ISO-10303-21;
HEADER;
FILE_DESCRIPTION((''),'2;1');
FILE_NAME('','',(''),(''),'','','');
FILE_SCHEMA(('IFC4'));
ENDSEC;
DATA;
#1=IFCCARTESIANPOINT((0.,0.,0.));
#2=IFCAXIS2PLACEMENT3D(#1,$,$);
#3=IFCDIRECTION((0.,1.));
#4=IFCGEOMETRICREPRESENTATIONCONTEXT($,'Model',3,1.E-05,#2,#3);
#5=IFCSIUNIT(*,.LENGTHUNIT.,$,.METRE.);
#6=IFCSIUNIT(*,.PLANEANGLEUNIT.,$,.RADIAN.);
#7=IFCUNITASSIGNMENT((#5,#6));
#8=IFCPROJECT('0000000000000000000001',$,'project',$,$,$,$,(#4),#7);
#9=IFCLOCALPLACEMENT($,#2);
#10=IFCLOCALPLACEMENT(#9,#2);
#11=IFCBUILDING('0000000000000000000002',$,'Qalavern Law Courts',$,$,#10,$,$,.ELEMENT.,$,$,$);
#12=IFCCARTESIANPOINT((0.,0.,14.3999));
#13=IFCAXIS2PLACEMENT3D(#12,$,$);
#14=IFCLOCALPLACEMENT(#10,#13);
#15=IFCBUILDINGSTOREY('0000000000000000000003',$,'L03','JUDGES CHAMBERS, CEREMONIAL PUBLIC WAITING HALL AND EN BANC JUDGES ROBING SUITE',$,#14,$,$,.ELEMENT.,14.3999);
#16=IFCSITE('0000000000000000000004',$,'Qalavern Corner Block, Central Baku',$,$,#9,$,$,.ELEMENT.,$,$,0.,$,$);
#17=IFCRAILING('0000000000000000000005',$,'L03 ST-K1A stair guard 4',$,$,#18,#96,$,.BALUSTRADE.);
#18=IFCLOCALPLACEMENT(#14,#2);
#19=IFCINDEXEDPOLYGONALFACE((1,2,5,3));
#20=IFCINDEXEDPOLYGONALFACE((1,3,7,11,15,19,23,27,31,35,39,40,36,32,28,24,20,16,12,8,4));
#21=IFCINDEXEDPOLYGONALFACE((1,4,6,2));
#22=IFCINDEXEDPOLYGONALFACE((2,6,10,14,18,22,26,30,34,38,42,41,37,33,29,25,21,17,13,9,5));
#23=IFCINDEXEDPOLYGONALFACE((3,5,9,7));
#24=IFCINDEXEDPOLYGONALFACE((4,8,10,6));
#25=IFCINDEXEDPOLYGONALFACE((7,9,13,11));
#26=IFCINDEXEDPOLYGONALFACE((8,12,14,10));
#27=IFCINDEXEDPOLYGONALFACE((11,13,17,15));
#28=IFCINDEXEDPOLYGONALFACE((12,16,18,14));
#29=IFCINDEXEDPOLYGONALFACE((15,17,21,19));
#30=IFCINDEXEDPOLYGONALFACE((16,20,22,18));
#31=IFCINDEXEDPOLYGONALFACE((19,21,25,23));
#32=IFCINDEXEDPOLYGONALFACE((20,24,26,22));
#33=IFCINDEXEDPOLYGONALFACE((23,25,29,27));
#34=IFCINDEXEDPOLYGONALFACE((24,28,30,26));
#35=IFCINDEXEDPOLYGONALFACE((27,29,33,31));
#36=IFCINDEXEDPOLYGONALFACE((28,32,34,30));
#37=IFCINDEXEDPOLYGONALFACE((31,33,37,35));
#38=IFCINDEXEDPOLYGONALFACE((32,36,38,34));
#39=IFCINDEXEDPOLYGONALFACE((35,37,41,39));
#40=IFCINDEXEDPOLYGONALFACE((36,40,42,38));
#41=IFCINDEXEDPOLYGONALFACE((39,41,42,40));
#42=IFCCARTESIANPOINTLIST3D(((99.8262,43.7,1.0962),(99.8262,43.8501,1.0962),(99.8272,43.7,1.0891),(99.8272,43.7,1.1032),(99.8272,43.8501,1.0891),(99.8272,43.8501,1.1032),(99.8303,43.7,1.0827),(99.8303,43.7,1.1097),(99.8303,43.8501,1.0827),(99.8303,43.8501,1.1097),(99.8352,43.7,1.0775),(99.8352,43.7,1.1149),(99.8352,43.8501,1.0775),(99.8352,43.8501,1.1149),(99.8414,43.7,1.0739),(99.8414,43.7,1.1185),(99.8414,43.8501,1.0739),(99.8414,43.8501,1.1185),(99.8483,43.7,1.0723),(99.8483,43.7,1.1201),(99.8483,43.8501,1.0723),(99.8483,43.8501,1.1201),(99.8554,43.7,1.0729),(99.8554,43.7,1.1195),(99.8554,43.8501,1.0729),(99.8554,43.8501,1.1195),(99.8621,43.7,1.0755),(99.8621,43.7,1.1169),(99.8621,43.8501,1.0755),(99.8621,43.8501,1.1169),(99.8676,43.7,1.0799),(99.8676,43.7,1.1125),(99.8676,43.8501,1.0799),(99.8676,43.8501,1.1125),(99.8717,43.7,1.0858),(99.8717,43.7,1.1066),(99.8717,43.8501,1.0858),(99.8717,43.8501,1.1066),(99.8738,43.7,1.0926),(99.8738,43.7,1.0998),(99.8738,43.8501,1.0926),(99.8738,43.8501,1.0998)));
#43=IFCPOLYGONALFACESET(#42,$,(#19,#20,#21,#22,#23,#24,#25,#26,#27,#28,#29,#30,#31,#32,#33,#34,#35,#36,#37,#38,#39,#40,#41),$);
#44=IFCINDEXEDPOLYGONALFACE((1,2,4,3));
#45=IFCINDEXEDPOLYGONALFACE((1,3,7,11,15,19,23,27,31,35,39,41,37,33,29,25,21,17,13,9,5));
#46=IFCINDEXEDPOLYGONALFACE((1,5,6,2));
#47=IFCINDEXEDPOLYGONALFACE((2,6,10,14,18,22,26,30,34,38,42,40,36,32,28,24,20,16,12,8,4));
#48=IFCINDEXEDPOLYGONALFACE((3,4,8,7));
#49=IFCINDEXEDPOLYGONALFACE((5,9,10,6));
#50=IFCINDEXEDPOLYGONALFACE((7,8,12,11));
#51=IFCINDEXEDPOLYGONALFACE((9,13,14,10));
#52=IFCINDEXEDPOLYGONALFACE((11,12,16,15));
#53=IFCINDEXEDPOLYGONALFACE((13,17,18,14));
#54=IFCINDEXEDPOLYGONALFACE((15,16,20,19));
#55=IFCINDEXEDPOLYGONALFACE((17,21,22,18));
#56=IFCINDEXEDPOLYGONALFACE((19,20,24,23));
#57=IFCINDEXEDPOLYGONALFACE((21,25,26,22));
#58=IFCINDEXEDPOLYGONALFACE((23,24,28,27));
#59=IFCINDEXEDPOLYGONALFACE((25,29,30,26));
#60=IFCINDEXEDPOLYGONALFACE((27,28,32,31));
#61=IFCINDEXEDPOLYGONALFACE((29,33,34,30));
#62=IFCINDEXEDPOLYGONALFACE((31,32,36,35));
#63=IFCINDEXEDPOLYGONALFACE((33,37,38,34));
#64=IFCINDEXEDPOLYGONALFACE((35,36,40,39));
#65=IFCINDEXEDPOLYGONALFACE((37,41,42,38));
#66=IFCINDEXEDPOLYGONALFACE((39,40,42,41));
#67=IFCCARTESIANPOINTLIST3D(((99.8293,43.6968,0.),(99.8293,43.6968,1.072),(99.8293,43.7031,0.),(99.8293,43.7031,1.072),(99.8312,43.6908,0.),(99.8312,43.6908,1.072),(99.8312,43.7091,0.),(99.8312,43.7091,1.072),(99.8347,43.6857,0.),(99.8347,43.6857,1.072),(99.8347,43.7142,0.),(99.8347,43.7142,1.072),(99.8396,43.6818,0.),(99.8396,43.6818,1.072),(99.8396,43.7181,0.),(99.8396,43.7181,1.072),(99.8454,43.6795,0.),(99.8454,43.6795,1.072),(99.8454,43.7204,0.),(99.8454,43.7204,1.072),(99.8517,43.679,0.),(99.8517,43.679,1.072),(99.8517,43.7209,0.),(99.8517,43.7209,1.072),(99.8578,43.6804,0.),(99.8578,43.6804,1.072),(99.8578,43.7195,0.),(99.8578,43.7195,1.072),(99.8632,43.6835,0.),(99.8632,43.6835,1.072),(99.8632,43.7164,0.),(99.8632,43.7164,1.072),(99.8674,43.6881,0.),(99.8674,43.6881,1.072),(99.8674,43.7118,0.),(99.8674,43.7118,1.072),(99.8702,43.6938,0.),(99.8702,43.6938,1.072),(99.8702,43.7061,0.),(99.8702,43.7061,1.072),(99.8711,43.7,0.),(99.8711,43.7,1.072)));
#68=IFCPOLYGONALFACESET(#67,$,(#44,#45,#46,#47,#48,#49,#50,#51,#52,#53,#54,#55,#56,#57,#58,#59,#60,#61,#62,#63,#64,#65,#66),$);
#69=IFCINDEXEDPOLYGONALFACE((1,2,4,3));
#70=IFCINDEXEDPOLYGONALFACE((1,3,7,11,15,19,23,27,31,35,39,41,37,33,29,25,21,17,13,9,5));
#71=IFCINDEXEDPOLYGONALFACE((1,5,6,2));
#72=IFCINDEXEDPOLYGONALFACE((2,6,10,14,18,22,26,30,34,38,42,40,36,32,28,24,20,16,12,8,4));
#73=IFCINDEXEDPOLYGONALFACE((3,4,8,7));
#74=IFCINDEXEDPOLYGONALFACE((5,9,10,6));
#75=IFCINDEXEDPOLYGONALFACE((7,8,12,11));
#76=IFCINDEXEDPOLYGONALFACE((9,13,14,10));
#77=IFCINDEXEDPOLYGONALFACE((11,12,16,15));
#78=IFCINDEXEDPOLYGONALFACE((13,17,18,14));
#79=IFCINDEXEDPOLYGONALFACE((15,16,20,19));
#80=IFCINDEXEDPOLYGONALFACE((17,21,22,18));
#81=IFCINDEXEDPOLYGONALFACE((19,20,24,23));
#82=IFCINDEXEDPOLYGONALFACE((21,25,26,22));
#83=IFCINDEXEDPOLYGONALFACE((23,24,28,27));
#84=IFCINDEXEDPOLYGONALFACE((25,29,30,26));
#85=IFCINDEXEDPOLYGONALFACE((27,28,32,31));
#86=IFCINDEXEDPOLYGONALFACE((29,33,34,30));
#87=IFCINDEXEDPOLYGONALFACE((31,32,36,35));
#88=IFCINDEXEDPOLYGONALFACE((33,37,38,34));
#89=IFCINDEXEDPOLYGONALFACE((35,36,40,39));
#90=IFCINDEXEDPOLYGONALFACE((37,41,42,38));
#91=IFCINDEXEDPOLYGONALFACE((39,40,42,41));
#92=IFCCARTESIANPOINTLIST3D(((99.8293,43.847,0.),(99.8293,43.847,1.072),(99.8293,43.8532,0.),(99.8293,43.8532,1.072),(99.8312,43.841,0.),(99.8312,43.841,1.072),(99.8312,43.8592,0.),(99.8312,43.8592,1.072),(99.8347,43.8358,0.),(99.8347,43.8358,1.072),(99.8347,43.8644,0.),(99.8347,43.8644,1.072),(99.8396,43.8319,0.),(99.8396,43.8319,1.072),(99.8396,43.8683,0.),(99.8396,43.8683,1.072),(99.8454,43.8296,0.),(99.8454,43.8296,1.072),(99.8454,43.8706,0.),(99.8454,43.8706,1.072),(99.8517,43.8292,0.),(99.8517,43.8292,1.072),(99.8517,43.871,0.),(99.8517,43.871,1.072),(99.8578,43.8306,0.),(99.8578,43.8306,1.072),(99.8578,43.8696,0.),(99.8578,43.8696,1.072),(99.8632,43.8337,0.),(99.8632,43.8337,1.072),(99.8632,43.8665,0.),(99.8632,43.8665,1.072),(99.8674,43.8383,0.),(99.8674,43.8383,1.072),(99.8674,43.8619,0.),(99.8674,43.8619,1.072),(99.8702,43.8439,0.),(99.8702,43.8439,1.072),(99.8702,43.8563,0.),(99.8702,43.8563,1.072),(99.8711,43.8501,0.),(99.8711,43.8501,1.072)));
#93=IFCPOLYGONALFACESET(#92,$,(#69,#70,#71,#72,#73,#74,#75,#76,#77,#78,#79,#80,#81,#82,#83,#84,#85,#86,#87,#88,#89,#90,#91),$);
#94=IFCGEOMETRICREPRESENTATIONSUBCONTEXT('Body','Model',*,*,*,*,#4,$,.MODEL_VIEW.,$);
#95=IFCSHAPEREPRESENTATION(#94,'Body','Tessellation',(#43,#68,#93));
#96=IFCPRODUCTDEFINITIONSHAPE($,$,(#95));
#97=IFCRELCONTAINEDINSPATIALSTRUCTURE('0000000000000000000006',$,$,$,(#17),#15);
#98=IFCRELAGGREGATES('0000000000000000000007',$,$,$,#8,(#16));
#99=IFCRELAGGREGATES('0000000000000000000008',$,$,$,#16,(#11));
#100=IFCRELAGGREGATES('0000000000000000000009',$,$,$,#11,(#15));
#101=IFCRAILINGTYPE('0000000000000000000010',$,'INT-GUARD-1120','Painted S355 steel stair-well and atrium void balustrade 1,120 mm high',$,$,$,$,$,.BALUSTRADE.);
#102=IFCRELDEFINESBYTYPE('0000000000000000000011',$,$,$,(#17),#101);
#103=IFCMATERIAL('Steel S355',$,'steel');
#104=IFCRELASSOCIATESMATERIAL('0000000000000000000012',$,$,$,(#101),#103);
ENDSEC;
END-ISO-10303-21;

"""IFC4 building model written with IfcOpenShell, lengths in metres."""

from ifc_helpers import new_model, si_unit, direction, frame, origin, origin_2d, place, context, subcontext, project, spatial, circle, extrude, material, type_object, element, save


model = new_model("IFC4")

# Units and contexts
model_context = context("Model", 3, precision=1e-05, world=origin(), true_north=direction((0.0, 1.0)))
body_context = subcontext(model_context, "Body", "Model", "MODEL_VIEW")
ifc_project = project(units=[si_unit("LENGTHUNIT", "METRE"), si_unit("PLANEANGLEUNIT", "RADIAN")], contexts=[model_context])

# Site, building, storey
site_placement = place(None, origin())
site = spatial("IfcSite", under=ifc_project, at=site_placement, Name="Qalavern Corner Block, Central Baku", CompositionType="ELEMENT", RefElevation=0.0)
building_placement = place(site_placement, origin())
building = spatial("IfcBuilding", under=site, at=building_placement, Name="Qalavern Law Courts", CompositionType="ELEMENT")
storey_placement = place(building_placement, frame((0.0, 0.0, 14.3999)))
storey = spatial("IfcBuildingStorey", under=building, at=storey_placement, Name="L03", Description="JUDGES CHAMBERS, CEREMONIAL PUBLIC WAITING HALL AND EN BANC JUDGES ROBING SUITE", CompositionType="ELEMENT", Elevation=14.3999)

# Shared definitions
ifc_material_1 = material(Name="Steel S355", Category="steel")

# Railing
railing_type_1 = type_object("IfcRailingType", Name="INT-GUARD-1120", Description="Painted S355 steel stair-well and atrium void balustrade 1,120 mm high", PredefinedType="BALUSTRADE", material=ifc_material_1)
railing_1_placement = place(storey_placement, frame((99.8501, 43.7, 0.0)))
element("IfcRailing", 1, at=railing_1_placement, inside=storey, type_object=railing_type_1, Name="L03 ST-K1A stair guard 4", PredefinedType="BALUSTRADE", context=body_context, shape_type="SweptSolid", body=[
    extrude(circle(Radius=0.0239, at=origin_2d()), frame((0.0, 0.0, 1.0962), z_axis=(0.0, 1.0, 0.0), x_axis=(-1.0, 0.0, 0.0)), (0.0, 0.0, 1.0), 0.1501),
    extrude(circle(Radius=0.021, at=origin_2d()), origin(), (0.0, 0.0, 1.0), 1.072),
    extrude(circle(Radius=0.021, at=origin_2d()), frame((0.0, 0.1501, 0.0)), (0.0, 0.0, 1.0), 1.072),
])

save(model, "model.ifc")
